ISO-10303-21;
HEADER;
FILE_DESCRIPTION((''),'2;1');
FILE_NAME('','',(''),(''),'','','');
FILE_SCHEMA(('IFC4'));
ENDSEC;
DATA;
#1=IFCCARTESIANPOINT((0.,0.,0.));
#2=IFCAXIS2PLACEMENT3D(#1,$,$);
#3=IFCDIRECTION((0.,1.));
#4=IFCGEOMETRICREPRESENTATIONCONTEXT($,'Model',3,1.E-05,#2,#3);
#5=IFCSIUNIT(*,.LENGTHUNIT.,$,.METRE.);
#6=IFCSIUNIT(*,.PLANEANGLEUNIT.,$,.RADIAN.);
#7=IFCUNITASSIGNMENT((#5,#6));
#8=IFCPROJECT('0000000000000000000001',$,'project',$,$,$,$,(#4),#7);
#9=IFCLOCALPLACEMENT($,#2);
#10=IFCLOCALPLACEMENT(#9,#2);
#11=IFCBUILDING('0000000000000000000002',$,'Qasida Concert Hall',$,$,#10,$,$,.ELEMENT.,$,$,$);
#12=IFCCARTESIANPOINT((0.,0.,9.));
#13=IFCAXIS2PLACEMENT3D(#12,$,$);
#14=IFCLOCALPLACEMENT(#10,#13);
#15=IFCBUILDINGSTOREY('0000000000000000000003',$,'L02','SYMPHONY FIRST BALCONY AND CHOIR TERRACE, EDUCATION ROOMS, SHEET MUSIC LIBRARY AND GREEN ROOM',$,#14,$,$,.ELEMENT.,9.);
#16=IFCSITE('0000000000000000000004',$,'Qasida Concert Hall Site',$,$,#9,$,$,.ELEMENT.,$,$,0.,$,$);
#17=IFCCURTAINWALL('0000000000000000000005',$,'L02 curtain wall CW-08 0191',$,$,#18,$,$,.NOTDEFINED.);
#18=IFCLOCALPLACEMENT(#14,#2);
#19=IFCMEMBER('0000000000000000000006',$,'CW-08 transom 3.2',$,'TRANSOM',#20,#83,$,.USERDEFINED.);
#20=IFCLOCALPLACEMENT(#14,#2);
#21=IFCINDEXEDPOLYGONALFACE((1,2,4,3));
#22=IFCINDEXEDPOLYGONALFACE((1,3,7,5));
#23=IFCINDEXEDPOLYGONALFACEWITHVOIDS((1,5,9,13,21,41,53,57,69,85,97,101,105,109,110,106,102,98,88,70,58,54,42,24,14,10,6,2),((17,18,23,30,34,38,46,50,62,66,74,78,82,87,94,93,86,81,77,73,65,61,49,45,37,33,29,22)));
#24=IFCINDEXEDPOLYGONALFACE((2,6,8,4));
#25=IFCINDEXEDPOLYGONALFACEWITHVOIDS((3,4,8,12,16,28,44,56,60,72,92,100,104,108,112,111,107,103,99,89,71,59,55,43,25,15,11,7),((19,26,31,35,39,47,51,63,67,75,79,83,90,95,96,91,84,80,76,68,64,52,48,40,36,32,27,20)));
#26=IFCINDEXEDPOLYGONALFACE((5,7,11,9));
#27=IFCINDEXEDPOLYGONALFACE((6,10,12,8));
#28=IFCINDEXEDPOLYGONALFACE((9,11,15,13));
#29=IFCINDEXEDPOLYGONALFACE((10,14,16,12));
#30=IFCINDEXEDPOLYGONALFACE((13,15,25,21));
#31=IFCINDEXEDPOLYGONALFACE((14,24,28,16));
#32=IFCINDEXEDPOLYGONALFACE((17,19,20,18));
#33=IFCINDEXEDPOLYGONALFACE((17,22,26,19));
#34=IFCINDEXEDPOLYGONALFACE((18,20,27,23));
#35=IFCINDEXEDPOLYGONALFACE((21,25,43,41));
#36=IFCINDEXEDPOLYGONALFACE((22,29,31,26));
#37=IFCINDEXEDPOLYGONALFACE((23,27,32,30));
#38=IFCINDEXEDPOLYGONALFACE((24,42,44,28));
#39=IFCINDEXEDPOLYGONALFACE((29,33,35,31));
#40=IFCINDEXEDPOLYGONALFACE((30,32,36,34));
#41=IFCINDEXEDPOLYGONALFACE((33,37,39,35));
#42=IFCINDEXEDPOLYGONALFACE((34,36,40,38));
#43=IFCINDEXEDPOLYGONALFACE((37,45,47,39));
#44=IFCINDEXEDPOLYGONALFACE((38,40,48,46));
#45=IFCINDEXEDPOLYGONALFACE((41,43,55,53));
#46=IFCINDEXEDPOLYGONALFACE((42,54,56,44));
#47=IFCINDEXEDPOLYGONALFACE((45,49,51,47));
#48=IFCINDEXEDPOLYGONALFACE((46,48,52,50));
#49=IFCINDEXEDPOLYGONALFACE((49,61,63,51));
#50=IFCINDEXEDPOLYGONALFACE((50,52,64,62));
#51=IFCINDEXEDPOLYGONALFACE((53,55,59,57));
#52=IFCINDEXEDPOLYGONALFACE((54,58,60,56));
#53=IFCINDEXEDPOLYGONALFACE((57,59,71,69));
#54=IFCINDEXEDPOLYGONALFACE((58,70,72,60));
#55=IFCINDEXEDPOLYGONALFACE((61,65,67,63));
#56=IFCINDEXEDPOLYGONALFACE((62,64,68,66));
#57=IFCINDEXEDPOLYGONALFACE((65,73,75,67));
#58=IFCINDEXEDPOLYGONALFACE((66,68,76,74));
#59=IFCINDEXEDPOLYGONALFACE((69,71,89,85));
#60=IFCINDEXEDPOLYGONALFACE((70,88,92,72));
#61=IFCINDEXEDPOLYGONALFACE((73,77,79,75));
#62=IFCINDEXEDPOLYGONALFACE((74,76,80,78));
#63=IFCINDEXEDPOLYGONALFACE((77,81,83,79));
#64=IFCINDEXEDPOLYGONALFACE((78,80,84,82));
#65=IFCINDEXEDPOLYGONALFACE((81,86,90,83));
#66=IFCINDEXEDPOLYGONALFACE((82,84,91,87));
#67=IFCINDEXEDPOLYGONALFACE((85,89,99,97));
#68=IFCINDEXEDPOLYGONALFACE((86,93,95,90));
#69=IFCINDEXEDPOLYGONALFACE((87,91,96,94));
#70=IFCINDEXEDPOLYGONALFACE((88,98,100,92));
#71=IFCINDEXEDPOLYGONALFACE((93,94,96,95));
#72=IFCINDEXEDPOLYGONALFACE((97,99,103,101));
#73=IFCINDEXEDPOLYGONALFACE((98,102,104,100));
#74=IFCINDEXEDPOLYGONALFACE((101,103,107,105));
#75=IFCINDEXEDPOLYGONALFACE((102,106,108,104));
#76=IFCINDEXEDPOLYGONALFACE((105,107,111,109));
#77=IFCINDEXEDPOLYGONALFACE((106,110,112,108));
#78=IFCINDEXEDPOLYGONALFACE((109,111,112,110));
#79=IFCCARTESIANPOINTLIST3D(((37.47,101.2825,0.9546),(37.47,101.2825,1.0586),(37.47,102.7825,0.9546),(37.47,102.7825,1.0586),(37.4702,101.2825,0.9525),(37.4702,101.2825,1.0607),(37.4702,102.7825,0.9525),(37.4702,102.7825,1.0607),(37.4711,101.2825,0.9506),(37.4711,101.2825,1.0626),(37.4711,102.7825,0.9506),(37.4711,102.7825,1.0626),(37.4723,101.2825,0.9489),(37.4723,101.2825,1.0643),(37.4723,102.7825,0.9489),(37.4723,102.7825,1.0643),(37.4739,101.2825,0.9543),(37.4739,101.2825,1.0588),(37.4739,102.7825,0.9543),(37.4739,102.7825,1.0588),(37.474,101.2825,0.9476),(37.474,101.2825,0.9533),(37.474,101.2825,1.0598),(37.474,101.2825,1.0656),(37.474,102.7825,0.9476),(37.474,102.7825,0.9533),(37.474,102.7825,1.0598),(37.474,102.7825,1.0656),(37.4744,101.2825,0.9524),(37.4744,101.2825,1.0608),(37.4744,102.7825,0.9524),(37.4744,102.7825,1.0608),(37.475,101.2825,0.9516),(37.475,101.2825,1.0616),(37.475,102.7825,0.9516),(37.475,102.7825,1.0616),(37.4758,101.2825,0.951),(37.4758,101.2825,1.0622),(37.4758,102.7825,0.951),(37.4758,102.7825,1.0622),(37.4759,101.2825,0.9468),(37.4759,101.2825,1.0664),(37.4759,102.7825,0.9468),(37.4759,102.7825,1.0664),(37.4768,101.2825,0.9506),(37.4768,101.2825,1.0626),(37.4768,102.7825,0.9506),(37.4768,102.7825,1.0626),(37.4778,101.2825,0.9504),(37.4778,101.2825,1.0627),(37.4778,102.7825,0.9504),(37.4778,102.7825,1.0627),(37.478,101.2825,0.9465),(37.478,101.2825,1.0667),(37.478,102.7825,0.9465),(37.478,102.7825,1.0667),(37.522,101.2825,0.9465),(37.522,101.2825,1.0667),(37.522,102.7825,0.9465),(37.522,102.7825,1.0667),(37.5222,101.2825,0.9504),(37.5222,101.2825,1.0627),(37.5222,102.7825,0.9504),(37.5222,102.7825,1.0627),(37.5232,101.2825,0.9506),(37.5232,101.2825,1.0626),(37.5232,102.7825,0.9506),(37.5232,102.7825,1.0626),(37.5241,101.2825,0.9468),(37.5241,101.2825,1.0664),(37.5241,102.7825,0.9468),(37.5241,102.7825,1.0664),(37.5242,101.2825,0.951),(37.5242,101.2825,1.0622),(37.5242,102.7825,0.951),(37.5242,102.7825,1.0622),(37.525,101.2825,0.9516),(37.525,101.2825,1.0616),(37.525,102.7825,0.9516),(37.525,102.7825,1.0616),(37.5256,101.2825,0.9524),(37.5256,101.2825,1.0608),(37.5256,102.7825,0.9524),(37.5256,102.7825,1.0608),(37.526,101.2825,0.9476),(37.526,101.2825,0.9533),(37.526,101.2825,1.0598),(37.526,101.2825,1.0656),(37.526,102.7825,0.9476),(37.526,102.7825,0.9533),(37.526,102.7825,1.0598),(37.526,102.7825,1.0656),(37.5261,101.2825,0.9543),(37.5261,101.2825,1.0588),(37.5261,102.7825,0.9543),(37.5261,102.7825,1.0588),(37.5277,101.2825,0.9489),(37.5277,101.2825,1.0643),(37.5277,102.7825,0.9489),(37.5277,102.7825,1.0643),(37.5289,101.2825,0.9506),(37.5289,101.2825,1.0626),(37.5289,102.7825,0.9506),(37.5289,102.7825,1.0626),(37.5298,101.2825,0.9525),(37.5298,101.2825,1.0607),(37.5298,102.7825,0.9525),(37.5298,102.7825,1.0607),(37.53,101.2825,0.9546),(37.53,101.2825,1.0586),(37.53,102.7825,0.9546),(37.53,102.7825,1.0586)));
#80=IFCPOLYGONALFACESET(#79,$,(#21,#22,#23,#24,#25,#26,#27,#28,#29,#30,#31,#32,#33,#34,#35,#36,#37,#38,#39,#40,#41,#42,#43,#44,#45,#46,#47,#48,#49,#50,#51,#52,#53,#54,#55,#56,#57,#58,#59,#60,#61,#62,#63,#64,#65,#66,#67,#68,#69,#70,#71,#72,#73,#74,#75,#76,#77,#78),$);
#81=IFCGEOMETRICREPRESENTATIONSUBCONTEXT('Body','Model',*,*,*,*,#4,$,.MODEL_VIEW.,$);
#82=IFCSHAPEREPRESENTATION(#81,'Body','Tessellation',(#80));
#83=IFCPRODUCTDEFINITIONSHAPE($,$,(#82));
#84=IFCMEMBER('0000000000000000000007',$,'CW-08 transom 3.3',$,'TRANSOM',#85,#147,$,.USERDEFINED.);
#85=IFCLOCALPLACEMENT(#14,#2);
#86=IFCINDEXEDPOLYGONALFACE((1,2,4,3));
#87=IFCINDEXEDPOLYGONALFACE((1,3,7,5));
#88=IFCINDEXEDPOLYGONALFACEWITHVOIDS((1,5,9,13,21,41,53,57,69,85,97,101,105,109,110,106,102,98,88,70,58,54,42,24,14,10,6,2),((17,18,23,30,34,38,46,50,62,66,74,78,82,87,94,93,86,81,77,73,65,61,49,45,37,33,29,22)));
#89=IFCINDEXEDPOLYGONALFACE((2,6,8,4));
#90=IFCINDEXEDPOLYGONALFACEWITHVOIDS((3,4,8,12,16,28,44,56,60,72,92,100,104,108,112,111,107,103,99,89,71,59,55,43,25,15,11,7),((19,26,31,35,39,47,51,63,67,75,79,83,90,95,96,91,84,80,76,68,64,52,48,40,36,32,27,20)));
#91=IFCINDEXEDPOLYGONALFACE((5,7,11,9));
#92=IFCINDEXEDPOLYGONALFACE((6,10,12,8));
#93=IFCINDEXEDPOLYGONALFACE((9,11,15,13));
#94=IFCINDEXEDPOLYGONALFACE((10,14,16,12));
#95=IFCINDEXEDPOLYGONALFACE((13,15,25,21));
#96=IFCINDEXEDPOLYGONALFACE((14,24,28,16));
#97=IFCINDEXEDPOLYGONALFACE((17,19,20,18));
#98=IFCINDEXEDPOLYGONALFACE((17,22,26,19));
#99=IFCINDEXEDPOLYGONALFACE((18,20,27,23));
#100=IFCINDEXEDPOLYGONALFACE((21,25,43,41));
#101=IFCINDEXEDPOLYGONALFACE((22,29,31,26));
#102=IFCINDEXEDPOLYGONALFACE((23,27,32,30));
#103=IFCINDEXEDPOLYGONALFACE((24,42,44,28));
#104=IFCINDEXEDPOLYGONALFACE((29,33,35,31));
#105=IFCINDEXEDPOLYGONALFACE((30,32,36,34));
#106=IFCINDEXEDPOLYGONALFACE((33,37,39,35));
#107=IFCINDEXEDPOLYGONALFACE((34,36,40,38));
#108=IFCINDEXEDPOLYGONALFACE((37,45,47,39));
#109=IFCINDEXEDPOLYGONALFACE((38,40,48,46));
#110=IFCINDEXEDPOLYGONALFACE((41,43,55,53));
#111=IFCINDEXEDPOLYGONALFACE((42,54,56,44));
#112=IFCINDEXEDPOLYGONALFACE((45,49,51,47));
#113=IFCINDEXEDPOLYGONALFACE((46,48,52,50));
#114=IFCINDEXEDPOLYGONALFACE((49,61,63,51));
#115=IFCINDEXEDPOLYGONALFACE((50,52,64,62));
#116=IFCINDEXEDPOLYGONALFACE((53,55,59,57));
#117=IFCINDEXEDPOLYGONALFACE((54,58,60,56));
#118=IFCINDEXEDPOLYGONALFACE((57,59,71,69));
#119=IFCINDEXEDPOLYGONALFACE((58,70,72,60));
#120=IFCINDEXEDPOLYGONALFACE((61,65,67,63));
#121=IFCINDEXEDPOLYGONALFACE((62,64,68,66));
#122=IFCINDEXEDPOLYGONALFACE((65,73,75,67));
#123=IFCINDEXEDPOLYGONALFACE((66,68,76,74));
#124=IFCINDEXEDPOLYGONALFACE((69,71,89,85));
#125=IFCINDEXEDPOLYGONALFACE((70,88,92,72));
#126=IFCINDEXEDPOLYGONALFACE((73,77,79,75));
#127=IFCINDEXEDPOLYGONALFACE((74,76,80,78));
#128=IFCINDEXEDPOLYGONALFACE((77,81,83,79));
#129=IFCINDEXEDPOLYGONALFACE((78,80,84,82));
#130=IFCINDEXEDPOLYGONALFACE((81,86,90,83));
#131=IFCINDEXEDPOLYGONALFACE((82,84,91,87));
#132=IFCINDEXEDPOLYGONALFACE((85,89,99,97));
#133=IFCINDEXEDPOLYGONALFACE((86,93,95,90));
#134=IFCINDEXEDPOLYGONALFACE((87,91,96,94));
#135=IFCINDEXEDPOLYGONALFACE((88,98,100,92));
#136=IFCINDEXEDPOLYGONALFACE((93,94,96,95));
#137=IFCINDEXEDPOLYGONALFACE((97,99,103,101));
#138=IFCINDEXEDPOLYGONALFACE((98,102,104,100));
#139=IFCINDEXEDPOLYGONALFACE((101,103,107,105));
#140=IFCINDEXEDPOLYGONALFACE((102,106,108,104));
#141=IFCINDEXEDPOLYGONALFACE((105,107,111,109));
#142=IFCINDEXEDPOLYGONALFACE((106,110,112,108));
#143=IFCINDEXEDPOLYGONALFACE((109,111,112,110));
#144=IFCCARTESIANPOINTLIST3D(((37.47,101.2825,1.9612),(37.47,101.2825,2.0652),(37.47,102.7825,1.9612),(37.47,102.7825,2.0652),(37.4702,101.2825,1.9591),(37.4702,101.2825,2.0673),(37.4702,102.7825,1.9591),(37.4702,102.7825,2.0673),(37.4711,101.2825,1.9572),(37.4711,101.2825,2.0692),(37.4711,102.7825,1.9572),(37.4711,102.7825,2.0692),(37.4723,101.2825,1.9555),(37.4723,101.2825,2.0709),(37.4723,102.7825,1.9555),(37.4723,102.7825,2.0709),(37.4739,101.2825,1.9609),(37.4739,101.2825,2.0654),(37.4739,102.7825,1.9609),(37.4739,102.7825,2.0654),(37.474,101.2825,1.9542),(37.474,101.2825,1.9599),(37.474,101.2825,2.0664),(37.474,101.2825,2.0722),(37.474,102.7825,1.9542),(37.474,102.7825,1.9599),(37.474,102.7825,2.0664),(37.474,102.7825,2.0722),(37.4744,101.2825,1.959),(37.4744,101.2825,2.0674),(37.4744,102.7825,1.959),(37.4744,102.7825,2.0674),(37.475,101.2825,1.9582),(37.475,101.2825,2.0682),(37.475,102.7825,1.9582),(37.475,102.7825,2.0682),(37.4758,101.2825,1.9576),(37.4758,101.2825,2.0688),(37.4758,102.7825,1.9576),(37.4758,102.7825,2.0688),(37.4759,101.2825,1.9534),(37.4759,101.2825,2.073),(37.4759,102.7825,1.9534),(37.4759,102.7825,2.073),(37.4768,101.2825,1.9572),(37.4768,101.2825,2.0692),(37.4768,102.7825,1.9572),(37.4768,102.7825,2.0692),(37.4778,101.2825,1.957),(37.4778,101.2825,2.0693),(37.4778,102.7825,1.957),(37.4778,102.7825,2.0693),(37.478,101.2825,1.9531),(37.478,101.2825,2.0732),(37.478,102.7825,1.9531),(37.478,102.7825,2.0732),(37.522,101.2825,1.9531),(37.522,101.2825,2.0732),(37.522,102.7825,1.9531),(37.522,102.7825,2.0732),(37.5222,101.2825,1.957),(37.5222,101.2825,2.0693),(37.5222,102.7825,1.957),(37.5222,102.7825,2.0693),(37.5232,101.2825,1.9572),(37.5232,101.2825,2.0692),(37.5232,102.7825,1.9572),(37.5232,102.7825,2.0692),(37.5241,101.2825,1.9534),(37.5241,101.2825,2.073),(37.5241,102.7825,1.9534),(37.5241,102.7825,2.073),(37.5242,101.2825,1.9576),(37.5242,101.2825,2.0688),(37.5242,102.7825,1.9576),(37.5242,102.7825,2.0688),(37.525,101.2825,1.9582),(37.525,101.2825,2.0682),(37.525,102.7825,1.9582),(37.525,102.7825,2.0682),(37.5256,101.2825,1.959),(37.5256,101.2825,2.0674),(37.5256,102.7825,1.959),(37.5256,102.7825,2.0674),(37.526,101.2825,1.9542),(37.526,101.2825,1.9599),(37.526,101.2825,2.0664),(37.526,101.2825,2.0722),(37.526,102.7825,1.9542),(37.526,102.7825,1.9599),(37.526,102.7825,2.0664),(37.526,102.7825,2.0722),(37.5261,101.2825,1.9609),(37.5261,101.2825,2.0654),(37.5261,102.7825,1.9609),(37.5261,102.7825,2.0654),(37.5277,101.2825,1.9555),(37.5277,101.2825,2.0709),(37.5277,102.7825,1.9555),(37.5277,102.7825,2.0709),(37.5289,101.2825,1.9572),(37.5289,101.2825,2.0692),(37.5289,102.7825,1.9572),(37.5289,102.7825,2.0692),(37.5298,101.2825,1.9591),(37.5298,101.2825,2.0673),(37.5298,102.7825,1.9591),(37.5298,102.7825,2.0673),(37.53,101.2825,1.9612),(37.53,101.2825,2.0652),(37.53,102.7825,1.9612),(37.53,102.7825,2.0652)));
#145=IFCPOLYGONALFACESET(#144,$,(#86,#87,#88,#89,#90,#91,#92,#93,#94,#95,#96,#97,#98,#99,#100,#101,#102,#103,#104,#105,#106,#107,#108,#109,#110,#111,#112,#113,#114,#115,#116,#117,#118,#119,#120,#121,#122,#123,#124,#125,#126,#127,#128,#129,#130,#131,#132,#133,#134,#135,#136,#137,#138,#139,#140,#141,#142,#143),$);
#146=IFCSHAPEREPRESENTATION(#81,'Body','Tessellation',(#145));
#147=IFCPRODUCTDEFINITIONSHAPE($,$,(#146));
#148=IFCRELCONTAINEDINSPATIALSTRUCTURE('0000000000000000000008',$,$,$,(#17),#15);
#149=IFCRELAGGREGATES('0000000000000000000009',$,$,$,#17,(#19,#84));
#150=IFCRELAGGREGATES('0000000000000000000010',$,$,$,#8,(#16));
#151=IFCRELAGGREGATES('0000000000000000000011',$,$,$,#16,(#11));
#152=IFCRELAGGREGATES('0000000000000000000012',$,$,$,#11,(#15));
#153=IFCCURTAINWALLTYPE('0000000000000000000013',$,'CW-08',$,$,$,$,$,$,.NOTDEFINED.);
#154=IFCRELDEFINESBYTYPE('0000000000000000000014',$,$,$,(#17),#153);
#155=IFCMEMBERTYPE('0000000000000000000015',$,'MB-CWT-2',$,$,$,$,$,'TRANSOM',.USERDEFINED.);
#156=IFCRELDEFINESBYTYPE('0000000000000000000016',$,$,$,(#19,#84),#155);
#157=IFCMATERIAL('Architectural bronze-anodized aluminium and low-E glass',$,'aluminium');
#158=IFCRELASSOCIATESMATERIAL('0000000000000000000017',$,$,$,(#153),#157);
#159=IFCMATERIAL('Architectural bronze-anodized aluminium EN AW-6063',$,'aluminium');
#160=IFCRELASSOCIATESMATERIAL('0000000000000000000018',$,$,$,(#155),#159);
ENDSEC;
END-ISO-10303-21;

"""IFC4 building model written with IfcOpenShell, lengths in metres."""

from ifc_helpers import new_model, si_unit, direction, frame, origin, origin_2d, place, context, subcontext, project, spatial, hollow_rectangle, extrude, material, material_profile, profile_set, type_object, element, aggregate, save


model = new_model("IFC4")

# Units and contexts
model_context = context("Model", 3, precision=1e-05, world=origin(), true_north=direction((0.0, 1.0)))
body_context = subcontext(model_context, "Body", "Model", "MODEL_VIEW")
ifc_project = project(units=[si_unit("LENGTHUNIT", "METRE"), si_unit("PLANEANGLEUNIT", "RADIAN")], contexts=[model_context])

# Site, building, storey
site_placement = place(None, origin())
site = spatial("IfcSite", under=ifc_project, at=site_placement, Name="Qasida Concert Hall Site", CompositionType="ELEMENT", RefElevation=0.0)
building_placement = place(site_placement, origin())
building = spatial("IfcBuilding", under=site, at=building_placement, Name="Qasida Concert Hall", CompositionType="ELEMENT")
storey_placement = place(building_placement, frame((0.0, 0.0, 9.0)))
storey = spatial("IfcBuildingStorey", under=building, at=storey_placement, Name="L02", Description="SYMPHONY FIRST BALCONY AND CHOIR TERRACE, EDUCATION ROOMS, SHEET MUSIC LIBRARY AND GREEN ROOM", CompositionType="ELEMENT", Elevation=9.0)

# Curtain wall, members
ifc_material_1 = material(Name="Architectural bronze-anodized aluminium and low-E glass", Category="aluminium")
curtain_wall_type = type_object("IfcCurtainWallType", Name="CW-08", PredefinedType="NOTDEFINED", material=ifc_material_1)
curtain_wall_placement = place(storey_placement, origin())
curtain_wall = element("IfcCurtainWall", 1, at=curtain_wall_placement, inside=storey, type_object=curtain_wall_type, Name="L02 curtain wall CW-08 0191", PredefinedType="NOTDEFINED")
ifc_material_2 = material(Name="Architectural bronze-anodized aluminium EN AW-6063", Category="aluminium")
ifc_material_profile_1 = material_profile(ifc_material_2, hollow_rectangle(XDim=0.0601, YDim=0.1201, WallThickness=0.0039, InnerFilletRadius=0.0039, OuterFilletRadius=0.0081, at=origin_2d()), Name="CWT 120x60x4")
ifc_profile_set_1 = profile_set([ifc_material_profile_1], Name="Architectural bronze-anodized aluminium EN AW-6063")
member_type_1 = type_object("IfcMemberType", Name="MB-CWT-2", ElementType="TRANSOM", PredefinedType="USERDEFINED", material=ifc_profile_set_1)
member_1_placement = place(storey_placement, frame((37.5, 101.2825, 1.0066), z_axis=(0.0, 1.0, 0.0), x_axis=(-1.0, 0.0, 0.0)))
member_1 = element("IfcMember", 2, at=member_1_placement, type_object=member_type_1, Name="CW-08 transom 3.2", ObjectType="TRANSOM", PredefinedType="USERDEFINED", context=body_context, shape_type="SweptSolid", body=[
    extrude(hollow_rectangle(XDim=0.0601, YDim=0.1201, WallThickness=0.0039, InnerFilletRadius=0.0039, OuterFilletRadius=0.0081, at=origin_2d()), origin(), (0.0, 0.0, 1.0), 1.5),
])
member_2_placement = place(storey_placement, frame((37.5, 101.2825, 2.0132), z_axis=(0.0, 1.0, 0.0), x_axis=(-1.0, 0.0, 0.0)))
member_2 = element("IfcMember", 3, at=member_2_placement, type_object=member_type_1, Name="CW-08 transom 3.3", ObjectType="TRANSOM", PredefinedType="USERDEFINED", context=body_context, shape_type="SweptSolid", body=[
    extrude(hollow_rectangle(XDim=0.0601, YDim=0.1201, WallThickness=0.0039, InnerFilletRadius=0.0039, OuterFilletRadius=0.0081, at=origin_2d()), origin(), (0.0, 0.0, 1.0), 1.5),
])
aggregate(curtain_wall, [member_1, member_2])

save(model, "model.ifc")
